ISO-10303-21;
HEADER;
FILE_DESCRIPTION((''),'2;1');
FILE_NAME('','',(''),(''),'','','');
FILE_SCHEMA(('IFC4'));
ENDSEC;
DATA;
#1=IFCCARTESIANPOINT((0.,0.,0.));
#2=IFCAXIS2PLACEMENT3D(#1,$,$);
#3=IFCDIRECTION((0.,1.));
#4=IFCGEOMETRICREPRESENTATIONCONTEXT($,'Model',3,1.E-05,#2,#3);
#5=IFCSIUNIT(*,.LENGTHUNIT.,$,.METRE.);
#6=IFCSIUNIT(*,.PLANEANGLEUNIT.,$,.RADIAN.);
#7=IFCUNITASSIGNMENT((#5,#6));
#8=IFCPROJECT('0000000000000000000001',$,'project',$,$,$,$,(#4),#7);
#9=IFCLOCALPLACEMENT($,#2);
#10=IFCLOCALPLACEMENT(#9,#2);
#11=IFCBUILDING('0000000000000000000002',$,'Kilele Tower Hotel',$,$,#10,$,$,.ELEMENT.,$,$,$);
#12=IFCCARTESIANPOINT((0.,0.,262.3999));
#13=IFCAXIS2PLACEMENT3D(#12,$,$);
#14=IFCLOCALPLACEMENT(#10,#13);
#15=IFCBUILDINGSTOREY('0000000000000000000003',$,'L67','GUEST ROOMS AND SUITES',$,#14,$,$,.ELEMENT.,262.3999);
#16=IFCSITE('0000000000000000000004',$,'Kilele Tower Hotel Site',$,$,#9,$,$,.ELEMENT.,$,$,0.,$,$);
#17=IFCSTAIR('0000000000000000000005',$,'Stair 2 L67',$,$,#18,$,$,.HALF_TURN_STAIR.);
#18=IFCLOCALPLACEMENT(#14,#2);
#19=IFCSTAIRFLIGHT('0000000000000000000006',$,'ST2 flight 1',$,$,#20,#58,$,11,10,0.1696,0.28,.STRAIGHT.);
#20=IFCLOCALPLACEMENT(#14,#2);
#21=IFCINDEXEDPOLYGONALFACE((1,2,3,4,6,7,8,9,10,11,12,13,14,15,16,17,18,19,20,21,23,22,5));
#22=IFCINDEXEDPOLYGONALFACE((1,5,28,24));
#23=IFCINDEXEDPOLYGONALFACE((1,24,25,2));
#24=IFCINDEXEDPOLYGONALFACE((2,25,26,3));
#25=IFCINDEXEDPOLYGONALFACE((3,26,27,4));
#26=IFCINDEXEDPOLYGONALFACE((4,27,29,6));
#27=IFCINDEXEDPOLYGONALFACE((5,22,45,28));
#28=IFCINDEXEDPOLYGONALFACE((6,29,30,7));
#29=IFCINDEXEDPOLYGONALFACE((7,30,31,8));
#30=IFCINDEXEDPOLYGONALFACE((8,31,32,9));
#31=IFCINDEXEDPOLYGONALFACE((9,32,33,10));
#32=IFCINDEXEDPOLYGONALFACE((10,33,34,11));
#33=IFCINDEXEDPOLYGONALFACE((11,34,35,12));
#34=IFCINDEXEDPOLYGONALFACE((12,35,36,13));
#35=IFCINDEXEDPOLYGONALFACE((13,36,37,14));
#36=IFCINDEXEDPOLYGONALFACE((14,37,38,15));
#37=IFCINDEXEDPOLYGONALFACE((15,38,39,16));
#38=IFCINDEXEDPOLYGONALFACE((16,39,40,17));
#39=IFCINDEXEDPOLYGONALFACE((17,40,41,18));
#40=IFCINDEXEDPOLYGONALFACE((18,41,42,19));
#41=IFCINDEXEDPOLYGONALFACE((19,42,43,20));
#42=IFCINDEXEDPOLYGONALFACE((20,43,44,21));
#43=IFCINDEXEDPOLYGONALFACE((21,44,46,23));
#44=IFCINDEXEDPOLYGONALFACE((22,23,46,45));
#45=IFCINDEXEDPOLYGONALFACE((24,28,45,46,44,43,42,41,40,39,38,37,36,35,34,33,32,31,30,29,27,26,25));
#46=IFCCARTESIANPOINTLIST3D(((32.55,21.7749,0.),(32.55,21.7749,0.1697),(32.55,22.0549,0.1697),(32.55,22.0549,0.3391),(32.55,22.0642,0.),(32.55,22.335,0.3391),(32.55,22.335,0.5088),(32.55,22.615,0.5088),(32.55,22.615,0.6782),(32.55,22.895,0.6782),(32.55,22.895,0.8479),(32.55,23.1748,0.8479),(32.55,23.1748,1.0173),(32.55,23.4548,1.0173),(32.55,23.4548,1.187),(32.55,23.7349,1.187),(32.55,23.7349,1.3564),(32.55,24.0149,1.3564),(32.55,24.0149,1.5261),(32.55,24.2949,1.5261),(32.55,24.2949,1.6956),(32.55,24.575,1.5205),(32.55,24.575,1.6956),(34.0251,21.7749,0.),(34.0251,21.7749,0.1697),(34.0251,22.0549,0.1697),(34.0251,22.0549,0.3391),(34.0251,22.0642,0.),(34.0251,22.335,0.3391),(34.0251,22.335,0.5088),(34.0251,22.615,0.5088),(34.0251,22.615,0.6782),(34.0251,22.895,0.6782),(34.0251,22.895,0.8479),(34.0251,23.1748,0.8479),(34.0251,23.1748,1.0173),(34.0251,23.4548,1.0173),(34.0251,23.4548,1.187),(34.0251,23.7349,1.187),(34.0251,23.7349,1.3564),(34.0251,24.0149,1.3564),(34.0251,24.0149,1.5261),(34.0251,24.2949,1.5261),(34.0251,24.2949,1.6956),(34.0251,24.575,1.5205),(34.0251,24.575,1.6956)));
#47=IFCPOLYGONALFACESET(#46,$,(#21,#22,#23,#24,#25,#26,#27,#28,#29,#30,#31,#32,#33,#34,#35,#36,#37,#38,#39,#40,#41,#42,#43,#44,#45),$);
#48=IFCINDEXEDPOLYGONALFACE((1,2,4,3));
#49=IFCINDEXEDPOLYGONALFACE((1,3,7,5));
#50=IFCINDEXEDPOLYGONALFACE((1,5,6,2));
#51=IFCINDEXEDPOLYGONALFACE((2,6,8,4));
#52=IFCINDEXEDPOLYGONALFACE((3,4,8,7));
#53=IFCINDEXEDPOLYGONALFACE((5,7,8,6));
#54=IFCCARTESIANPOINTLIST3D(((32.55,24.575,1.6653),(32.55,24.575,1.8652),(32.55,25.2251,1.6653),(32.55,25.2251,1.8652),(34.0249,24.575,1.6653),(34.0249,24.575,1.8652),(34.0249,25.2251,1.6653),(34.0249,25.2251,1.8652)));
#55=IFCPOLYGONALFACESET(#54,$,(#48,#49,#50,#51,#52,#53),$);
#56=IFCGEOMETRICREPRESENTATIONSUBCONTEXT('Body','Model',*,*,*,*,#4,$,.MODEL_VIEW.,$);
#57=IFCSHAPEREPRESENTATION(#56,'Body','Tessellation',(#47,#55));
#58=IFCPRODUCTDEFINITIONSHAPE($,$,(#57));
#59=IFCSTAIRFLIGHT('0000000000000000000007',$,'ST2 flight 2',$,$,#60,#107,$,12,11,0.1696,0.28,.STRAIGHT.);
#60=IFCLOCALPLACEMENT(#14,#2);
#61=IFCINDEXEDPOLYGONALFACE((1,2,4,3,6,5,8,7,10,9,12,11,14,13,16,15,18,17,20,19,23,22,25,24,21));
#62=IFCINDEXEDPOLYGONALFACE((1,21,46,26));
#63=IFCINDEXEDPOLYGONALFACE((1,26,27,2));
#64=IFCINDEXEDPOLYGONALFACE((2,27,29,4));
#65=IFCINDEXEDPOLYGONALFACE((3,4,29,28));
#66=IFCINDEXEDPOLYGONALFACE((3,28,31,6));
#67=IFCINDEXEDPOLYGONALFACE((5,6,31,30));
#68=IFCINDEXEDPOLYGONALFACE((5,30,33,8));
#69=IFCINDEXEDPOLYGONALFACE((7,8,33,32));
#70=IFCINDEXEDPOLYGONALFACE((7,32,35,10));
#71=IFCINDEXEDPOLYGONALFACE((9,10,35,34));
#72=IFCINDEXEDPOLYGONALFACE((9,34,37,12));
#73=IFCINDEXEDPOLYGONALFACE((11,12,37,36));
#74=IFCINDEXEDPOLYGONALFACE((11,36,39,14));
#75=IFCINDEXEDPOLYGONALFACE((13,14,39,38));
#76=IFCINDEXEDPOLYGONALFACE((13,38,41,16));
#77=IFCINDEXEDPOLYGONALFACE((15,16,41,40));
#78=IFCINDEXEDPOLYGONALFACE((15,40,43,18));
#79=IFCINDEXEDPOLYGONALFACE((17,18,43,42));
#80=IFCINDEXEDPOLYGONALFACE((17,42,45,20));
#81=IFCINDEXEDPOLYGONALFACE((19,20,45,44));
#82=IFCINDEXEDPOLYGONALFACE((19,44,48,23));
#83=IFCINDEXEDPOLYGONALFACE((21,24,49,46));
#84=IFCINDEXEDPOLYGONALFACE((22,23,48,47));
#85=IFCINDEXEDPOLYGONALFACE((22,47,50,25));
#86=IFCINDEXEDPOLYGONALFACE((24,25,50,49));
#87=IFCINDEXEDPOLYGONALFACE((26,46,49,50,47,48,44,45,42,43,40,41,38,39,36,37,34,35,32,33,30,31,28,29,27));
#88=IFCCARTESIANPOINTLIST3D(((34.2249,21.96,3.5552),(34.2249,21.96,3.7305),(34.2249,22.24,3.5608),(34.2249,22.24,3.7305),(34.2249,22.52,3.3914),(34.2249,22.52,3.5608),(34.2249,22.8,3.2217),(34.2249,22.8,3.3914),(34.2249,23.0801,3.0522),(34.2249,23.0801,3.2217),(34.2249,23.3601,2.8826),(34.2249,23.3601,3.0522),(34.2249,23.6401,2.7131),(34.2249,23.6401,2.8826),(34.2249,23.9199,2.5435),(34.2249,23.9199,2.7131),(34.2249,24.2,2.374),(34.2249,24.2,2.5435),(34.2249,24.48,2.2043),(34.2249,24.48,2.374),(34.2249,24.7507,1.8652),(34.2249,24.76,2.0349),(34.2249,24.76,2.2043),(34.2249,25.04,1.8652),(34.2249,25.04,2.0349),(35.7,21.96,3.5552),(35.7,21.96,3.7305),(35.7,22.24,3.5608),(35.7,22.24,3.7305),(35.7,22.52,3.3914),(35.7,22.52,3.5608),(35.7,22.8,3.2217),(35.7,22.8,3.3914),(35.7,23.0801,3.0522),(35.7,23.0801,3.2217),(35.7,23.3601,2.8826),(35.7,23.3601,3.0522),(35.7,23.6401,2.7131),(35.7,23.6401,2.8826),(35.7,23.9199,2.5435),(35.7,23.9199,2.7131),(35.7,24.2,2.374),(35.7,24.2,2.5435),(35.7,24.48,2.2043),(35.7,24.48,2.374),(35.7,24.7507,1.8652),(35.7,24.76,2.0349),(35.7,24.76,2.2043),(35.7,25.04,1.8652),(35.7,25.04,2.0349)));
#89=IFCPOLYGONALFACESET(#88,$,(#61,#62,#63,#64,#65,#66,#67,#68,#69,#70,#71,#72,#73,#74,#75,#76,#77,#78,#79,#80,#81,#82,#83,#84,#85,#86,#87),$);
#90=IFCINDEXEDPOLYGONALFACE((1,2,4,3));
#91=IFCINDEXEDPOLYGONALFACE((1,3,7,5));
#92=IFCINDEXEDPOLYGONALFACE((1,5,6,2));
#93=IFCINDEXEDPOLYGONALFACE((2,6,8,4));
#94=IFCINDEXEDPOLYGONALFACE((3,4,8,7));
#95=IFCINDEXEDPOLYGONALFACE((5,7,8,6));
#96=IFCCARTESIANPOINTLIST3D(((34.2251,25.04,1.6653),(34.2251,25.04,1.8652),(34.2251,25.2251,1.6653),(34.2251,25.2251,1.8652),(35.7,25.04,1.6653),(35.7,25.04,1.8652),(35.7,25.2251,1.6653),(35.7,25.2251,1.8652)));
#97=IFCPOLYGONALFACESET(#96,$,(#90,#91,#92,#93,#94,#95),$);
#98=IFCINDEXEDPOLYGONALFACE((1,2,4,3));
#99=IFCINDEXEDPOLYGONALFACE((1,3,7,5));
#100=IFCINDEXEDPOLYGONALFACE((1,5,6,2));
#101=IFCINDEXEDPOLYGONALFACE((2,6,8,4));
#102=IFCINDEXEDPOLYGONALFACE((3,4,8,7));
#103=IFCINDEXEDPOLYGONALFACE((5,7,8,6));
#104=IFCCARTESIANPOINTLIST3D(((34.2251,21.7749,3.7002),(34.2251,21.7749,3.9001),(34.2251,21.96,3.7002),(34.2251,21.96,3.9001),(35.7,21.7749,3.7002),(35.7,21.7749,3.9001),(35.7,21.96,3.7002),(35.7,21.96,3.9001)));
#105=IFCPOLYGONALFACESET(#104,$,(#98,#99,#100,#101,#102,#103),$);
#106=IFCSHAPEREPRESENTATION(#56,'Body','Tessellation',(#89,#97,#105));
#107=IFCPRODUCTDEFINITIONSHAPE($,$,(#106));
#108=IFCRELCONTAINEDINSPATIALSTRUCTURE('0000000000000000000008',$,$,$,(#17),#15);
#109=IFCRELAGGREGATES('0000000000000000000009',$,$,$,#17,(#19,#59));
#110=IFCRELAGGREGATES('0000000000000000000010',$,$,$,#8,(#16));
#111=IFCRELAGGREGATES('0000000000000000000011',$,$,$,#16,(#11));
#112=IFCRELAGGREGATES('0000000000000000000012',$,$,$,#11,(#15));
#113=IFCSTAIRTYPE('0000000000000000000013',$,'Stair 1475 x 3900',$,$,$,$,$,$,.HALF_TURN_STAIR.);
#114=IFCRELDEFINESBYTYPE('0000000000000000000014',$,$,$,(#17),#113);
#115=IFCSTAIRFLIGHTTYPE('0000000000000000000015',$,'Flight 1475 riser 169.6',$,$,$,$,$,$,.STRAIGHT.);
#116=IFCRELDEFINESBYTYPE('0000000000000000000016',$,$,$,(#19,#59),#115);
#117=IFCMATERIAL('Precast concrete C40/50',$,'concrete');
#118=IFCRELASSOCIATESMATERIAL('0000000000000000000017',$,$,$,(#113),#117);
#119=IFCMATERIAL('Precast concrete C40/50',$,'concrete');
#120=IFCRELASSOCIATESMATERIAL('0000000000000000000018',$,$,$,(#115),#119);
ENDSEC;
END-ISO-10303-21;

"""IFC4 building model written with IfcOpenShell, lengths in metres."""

from ifc_helpers import new_model, si_unit, direction, frame, origin, place, context, subcontext, project, spatial, polyline, outline, extrude, material, type_object, element, aggregate, save


model = new_model("IFC4")

# Units and contexts
model_context = context("Model", 3, precision=1e-05, world=origin(), true_north=direction((0.0, 1.0)))
body_context = subcontext(model_context, "Body", "Model", "MODEL_VIEW")
ifc_project = project(units=[si_unit("LENGTHUNIT", "METRE"), si_unit("PLANEANGLEUNIT", "RADIAN")], contexts=[model_context])

# Site, building, storey
site_placement = place(None, origin())
site = spatial("IfcSite", under=ifc_project, at=site_placement, Name="Kilele Tower Hotel Site", CompositionType="ELEMENT", RefElevation=0.0)
building_placement = place(site_placement, origin())
building = spatial("IfcBuilding", under=site, at=building_placement, Name="Kilele Tower Hotel", CompositionType="ELEMENT")
storey_placement = place(building_placement, frame((0.0, 0.0, 262.3999)))
storey = spatial("IfcBuildingStorey", under=building, at=storey_placement, Name="L67", Description="GUEST ROOMS AND SUITES", CompositionType="ELEMENT", Elevation=262.3999)

# Stair, stair flights
ifc_material_1 = material(Name="Precast concrete C40/50", Category="concrete")
stair_type = type_object("IfcStairType", Name="Stair 1475 x 3900", PredefinedType="HALF_TURN_STAIR", material=ifc_material_1)
stair_placement = place(storey_placement, origin())
stair = element("IfcStair", 1, at=stair_placement, inside=storey, type_object=stair_type, Name="Stair 2 L67", PredefinedType="HALF_TURN_STAIR")
ifc_material_2 = material(Name="Precast concrete C40/50", Category="concrete")
stair_flight_type = type_object("IfcStairFlightType", Name="Flight 1475 riser 169.6", PredefinedType="STRAIGHT", material=ifc_material_2)
stair_flight_1_placement = place(storey_placement, frame((33.2876, 21.7749, 0.0), z_axis=(0.0, 0.0, 1.0), x_axis=(0.0, 1.0, 0.0)))
stair_flight_1 = element("IfcStairFlight", 2, at=stair_flight_1_placement, type_object=stair_flight_type, Name="ST2 flight 1", NumberOfRisers=11, NumberOfTreads=10, PredefinedType="STRAIGHT", RiserHeight=0.1696, TreadLength=0.28, context=body_context, shape_type="SweptSolid", body=[
    extrude(outline(polyline([(0.0, 0.0), (0.0, 0.1697), (0.28, 0.1697), (0.28, 0.3391), (0.5601, 0.3391), (0.5601, 0.5088), (0.8401, 0.5088), (0.8401, 0.6782), (1.1201, 0.6782), (1.1201, 0.8479), (1.3999, 0.8479), (1.3999, 1.0173), (1.6799, 1.0173), (1.6799, 1.187), (1.96, 1.187), (1.96, 1.3564), (2.24, 1.3564), (2.24, 1.5261), (2.52, 1.5261), (2.52, 1.6956), (2.8, 1.6956), (2.8, 1.8652), (2.8, 1.5205), (0.2893, 0.0), (0.0, 0.0)])), frame((0.0, 0.7375, 0.0), z_axis=(0.0, -1.0, 0.0), x_axis=(1.0, 0.0, 0.0)), (0.0, 0.0, 1.0), 1.4751),
    extrude(outline(polyline([(2.8, 0.7375), (2.8, -0.7373), (3.4502, -0.7373), (3.4502, 0.7375), (2.8, 0.7375)])), frame((0.0, 0.0, 1.6653)), (0.0, 0.0, 1.0), 0.2),
])
stair_flight_2_placement = place(storey_placement, frame((34.9624, 25.04, 1.8652), z_axis=(0.0, 0.0, 1.0), x_axis=(0.0, -1.0, 0.0)))
stair_flight_2 = element("IfcStairFlight", 3, at=stair_flight_2_placement, type_object=stair_flight_type, Name="ST2 flight 2", NumberOfRisers=12, NumberOfTreads=11, PredefinedType="STRAIGHT", RiserHeight=0.1696, TreadLength=0.28, context=body_context, shape_type="SweptSolid", body=[
    extrude(outline(polyline([(0.0, 0.0), (0.0, 0.1697), (0.28, 0.1697), (0.28, 0.3391), (0.5601, 0.3391), (0.5601, 0.5088), (0.8401, 0.5088), (0.8401, 0.6782), (1.1201, 0.6782), (1.1201, 0.8479), (1.3999, 0.8479), (1.3999, 1.0173), (1.6799, 1.0173), (1.6799, 1.187), (1.96, 1.187), (1.96, 1.3564), (2.24, 1.3564), (2.24, 1.5261), (2.52, 1.5261), (2.52, 1.6956), (2.8, 1.6956), (2.8, 1.8652), (3.0801, 1.8652), (3.0801, 2.0347), (3.0801, 1.6899), (0.2893, 0.0), (0.0, 0.0)])), frame((0.0, 0.7375, 0.0), z_axis=(0.0, -1.0, 0.0), x_axis=(1.0, 0.0, 0.0)), (0.0, 0.0, 1.0), 1.4751),
    extrude(outline(polyline([(0.0, -0.7373), (0.0, 0.7375), (-0.1851, 0.7375), (-0.1851, -0.7373), (0.0, -0.7373)])), frame((0.0, 0.0, -0.2)), (0.0, 0.0, 1.0), 0.2),
    extrude(outline(polyline([(3.2651, -0.7373), (3.2651, 0.7375), (3.0801, 0.7375), (3.0801, -0.7373), (3.2651, -0.7373)])), frame((0.0, 0.0, 1.835)), (0.0, 0.0, 1.0), 0.2),
])
aggregate(stair, [stair_flight_1, stair_flight_2])

save(model, "model.ifc")
